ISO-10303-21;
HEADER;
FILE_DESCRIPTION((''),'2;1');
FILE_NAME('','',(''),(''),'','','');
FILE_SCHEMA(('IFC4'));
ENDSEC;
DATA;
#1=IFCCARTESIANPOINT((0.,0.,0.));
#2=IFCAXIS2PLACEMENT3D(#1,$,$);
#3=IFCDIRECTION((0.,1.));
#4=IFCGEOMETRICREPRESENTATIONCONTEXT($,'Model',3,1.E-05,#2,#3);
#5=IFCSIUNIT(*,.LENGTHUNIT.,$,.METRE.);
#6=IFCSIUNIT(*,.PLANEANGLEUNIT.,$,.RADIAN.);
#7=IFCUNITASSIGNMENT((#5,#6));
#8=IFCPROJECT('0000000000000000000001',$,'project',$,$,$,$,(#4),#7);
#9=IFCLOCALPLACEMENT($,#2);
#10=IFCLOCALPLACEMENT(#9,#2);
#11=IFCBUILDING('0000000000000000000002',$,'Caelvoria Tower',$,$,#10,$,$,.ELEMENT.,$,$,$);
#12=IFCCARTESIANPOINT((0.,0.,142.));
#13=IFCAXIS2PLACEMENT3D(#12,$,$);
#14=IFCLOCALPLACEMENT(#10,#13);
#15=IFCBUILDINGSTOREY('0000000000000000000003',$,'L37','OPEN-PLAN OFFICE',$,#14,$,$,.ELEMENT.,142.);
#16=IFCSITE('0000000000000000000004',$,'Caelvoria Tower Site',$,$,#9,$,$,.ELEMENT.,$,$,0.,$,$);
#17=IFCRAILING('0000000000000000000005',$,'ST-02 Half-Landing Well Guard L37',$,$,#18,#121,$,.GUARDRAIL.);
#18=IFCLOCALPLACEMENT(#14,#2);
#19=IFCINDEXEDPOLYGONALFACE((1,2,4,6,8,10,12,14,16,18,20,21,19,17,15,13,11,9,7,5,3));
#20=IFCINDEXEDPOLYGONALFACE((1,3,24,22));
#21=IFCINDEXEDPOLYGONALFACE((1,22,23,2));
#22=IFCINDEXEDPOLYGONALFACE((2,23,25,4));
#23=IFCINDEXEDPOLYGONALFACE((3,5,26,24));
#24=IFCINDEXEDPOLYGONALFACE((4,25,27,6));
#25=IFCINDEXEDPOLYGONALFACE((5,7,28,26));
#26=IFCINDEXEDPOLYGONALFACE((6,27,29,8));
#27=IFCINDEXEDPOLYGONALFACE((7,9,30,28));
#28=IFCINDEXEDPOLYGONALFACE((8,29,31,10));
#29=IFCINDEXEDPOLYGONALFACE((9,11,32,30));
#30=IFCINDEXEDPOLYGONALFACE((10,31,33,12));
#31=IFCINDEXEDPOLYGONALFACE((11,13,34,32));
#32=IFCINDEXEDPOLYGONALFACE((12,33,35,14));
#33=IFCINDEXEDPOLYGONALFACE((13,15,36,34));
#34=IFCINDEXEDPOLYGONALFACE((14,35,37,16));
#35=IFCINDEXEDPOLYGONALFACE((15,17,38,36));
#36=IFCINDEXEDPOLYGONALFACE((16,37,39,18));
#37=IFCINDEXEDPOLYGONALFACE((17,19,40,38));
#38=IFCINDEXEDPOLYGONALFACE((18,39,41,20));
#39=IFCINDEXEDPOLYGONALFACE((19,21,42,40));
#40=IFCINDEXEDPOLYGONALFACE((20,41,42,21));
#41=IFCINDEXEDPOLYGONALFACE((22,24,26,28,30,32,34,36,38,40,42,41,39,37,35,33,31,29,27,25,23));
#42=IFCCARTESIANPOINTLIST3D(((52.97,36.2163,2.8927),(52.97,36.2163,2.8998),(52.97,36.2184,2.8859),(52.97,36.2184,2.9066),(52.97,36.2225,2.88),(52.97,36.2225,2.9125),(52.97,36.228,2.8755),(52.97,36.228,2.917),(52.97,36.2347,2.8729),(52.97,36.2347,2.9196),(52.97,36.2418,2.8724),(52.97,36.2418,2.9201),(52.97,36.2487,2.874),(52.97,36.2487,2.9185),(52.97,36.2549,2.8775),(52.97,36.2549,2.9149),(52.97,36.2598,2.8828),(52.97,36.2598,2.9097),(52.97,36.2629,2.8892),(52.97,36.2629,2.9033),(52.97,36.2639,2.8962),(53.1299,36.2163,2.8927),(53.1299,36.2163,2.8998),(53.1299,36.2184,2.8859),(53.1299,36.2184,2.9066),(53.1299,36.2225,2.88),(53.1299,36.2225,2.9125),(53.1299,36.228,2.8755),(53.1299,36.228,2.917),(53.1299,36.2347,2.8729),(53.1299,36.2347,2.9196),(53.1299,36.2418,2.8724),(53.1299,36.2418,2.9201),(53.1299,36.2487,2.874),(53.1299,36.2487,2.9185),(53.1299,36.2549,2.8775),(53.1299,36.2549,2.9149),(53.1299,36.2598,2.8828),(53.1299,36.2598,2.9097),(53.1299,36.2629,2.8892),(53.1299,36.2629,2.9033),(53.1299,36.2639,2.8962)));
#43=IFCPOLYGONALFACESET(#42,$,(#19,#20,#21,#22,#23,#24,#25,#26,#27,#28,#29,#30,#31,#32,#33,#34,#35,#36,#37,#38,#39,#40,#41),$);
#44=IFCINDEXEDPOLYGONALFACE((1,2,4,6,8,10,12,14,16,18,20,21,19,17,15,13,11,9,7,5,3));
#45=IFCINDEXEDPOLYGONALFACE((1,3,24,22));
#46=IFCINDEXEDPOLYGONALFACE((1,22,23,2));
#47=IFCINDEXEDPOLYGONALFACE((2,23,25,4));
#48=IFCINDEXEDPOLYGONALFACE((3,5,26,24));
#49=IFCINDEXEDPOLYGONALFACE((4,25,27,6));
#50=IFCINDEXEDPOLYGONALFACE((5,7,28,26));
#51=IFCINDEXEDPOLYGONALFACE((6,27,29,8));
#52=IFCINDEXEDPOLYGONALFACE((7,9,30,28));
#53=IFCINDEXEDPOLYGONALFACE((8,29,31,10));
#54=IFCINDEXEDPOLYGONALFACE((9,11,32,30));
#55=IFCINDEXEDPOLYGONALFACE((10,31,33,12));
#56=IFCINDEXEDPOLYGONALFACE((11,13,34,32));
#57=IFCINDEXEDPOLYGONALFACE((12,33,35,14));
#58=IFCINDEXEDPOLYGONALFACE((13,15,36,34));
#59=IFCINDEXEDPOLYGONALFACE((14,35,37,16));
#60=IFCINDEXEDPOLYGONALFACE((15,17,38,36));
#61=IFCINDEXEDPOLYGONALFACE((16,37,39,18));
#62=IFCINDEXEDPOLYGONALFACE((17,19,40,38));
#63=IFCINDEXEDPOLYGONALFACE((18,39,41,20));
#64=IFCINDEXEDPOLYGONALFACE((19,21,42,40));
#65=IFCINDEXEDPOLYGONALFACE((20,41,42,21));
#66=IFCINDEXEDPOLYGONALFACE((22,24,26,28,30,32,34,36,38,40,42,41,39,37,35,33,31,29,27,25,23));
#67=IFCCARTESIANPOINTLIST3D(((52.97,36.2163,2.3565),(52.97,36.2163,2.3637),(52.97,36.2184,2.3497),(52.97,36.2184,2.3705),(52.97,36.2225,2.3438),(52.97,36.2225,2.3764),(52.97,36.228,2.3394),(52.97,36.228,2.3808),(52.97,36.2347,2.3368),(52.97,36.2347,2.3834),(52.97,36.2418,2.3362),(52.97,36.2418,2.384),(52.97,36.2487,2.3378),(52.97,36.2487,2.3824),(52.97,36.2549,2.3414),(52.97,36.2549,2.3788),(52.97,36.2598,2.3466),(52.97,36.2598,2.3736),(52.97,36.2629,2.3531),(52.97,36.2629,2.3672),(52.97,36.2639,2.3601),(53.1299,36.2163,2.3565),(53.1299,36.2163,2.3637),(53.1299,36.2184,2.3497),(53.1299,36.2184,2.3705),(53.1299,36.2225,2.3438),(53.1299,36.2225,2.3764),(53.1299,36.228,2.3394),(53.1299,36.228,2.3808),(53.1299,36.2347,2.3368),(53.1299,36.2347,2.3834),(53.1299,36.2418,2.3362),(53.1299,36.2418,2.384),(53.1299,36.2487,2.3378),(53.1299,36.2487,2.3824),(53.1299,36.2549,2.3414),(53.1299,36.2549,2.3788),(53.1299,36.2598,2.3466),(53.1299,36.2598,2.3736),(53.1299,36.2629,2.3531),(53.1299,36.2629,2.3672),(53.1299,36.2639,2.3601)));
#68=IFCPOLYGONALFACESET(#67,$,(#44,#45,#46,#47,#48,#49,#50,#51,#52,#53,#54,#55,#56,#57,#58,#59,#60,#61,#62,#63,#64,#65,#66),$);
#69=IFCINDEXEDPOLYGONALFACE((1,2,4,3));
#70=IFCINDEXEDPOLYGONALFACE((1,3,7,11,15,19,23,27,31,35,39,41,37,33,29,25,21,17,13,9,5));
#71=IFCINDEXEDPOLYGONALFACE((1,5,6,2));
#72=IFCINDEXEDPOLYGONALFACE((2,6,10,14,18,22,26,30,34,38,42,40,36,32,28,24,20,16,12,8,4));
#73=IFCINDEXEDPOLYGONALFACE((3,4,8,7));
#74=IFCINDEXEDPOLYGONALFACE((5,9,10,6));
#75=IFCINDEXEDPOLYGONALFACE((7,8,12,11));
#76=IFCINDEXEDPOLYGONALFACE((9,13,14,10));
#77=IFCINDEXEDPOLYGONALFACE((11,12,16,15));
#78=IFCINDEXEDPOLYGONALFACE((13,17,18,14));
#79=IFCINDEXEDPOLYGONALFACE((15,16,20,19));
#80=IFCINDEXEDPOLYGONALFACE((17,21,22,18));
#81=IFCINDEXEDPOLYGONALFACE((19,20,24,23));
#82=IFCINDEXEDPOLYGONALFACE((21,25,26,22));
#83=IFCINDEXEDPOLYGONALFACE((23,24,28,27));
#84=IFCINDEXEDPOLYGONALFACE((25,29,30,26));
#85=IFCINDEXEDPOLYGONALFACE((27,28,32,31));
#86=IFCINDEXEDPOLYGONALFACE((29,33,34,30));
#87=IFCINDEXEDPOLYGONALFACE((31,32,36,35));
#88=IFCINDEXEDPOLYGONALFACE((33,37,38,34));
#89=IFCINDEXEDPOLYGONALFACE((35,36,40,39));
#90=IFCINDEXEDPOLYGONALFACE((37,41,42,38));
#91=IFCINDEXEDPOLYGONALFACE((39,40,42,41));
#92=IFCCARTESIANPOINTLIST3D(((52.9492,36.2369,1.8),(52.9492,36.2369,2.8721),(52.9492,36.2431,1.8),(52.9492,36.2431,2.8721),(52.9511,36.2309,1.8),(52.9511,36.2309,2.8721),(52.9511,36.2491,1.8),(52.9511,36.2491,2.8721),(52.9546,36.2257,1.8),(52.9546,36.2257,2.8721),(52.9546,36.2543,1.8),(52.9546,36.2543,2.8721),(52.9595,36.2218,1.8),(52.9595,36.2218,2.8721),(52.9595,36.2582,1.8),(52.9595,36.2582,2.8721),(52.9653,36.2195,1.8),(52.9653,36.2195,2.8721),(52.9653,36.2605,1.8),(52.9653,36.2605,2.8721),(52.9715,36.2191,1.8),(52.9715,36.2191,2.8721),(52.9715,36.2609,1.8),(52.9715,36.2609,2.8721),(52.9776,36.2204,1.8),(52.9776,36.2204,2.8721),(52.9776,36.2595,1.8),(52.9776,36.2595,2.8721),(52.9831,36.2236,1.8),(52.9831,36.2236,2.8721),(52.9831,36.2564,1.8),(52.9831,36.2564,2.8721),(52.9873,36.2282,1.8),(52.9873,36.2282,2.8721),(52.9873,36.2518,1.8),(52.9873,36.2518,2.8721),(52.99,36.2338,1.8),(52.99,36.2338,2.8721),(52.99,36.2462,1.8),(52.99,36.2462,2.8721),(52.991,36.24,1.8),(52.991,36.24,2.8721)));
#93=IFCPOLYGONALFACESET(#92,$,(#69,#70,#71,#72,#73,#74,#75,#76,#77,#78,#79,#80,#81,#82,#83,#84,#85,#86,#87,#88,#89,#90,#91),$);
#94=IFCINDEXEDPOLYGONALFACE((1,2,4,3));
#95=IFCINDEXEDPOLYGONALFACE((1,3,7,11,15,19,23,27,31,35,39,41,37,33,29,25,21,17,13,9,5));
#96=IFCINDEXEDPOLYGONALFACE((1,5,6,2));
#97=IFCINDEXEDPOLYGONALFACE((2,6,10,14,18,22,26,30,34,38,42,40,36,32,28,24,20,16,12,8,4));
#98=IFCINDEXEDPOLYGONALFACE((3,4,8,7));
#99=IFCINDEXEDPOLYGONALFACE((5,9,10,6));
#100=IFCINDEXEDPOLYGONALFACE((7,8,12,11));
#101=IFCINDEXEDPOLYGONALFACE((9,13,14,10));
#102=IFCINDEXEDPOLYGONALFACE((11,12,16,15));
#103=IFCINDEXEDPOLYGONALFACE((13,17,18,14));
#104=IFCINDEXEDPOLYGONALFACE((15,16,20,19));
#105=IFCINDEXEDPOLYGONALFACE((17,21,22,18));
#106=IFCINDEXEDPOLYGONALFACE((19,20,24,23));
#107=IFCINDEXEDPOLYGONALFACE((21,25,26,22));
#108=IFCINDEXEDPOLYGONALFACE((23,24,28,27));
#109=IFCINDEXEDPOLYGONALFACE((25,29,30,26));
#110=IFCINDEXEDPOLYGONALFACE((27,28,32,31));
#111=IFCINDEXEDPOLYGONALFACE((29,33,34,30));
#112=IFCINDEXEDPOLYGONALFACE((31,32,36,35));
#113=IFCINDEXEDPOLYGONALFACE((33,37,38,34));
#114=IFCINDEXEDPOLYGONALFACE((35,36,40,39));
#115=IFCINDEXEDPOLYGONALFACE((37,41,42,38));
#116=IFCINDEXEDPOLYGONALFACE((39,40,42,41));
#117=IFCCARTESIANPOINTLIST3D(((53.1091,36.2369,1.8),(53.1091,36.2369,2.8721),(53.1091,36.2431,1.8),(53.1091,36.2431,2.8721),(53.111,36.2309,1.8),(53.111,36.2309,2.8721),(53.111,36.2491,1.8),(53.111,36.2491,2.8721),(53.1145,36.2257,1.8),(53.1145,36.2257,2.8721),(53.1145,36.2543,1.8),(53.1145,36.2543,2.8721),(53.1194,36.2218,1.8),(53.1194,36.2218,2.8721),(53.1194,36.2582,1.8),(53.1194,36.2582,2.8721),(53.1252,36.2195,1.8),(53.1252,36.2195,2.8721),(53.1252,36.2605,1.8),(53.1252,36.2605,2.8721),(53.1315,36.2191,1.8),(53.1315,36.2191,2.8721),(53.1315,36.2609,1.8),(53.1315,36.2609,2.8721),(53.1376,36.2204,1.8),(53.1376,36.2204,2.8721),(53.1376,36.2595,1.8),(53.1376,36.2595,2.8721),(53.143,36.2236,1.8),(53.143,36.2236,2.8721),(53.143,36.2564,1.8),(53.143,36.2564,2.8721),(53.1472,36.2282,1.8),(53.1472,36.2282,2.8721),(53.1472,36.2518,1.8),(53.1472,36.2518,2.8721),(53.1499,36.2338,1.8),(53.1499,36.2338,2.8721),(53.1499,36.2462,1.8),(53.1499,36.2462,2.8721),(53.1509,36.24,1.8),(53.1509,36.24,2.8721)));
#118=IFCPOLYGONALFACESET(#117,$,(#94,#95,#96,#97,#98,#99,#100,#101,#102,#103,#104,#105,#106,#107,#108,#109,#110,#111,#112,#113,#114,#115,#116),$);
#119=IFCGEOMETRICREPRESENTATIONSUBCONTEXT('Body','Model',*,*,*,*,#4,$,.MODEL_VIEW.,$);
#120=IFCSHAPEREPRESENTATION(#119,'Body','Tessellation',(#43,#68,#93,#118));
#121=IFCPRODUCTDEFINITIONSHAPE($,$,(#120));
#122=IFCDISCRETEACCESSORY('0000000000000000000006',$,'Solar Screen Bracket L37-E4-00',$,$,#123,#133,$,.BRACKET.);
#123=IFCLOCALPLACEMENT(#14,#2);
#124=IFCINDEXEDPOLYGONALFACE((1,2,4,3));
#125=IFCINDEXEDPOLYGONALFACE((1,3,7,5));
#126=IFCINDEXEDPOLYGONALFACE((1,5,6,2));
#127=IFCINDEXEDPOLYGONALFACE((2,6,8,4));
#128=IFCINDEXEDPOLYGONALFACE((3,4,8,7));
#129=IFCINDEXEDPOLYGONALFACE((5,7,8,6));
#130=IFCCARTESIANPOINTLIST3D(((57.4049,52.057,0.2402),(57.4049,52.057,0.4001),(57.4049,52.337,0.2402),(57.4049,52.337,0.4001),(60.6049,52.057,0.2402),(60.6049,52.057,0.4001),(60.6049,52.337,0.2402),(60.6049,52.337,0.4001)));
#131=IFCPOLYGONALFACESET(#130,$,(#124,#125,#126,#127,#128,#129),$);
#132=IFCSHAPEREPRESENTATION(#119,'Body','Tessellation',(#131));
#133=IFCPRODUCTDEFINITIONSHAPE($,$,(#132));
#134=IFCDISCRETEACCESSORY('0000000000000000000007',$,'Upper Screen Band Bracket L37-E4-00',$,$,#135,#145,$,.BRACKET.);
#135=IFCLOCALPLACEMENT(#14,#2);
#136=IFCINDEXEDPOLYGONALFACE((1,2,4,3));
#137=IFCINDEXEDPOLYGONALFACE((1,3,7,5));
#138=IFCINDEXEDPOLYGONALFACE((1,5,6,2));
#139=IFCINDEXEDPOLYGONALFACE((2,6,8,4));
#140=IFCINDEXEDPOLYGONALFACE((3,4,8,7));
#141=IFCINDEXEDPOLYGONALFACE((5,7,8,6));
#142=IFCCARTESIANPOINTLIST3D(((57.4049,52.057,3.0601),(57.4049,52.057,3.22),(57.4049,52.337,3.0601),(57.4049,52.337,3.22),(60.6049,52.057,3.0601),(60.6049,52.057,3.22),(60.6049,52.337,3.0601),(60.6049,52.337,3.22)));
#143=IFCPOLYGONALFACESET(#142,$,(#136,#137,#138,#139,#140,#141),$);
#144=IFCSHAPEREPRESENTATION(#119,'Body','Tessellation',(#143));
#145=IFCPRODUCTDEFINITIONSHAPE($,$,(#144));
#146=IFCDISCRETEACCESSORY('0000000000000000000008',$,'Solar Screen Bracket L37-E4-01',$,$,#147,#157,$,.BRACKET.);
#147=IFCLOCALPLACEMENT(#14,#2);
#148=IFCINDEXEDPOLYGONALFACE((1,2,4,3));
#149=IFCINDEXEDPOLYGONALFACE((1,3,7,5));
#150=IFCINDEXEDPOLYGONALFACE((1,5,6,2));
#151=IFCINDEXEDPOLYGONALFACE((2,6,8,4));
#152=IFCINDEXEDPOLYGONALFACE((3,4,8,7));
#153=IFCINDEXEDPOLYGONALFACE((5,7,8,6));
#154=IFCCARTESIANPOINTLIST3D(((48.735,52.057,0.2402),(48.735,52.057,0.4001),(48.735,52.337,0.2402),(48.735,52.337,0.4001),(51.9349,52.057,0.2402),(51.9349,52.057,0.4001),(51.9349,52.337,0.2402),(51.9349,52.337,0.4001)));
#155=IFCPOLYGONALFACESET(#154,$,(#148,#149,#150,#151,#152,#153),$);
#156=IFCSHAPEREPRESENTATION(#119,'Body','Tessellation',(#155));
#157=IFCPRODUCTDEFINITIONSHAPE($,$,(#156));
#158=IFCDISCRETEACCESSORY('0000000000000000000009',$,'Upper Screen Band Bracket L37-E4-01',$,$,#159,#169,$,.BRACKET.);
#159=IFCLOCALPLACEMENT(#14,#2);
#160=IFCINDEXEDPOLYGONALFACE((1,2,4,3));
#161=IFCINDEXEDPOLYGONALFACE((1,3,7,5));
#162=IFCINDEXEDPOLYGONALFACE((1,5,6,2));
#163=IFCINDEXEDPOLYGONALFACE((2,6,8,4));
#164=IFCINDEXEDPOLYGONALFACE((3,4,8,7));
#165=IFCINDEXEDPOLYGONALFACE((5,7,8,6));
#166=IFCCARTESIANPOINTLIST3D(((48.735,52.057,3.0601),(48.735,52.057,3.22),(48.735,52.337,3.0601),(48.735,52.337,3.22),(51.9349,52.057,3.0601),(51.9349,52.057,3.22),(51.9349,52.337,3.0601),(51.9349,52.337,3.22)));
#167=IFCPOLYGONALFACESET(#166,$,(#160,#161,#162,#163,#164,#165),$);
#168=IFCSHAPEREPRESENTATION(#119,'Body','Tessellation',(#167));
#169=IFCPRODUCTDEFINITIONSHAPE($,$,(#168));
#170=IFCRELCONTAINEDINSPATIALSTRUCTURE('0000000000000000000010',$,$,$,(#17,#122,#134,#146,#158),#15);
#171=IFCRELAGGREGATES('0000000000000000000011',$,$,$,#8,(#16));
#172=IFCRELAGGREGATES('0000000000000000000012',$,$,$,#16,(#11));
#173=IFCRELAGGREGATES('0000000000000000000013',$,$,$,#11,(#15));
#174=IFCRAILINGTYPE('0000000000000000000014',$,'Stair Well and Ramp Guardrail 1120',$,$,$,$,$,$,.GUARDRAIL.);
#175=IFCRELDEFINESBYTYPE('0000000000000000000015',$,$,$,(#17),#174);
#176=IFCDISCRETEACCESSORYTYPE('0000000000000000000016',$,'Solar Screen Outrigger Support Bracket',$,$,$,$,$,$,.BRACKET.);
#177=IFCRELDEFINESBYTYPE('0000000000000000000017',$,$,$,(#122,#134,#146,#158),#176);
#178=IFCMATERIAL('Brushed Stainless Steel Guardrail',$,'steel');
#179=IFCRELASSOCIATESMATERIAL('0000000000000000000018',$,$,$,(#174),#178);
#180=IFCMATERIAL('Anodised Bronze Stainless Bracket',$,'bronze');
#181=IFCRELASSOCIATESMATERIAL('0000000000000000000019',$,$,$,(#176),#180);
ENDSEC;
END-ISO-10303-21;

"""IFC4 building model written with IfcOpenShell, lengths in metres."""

from ifc_helpers import new_model, si_unit, direction, frame, origin, origin_2d, place, context, subcontext, project, spatial, rectangle, circle, extrude, material, type_object, element, save


model = new_model("IFC4")

# Units and contexts
model_context = context("Model", 3, precision=1e-05, world=origin(), true_north=direction((0.0, 1.0)))
body_context = subcontext(model_context, "Body", "Model", "MODEL_VIEW")
ifc_project = project(units=[si_unit("LENGTHUNIT", "METRE"), si_unit("PLANEANGLEUNIT", "RADIAN")], contexts=[model_context])

# Site, building, storey
site_placement = place(None, origin())
site = spatial("IfcSite", under=ifc_project, at=site_placement, Name="Caelvoria Tower Site", CompositionType="ELEMENT", RefElevation=0.0)
building_placement = place(site_placement, origin())
building = spatial("IfcBuilding", under=site, at=building_placement, Name="Caelvoria Tower", CompositionType="ELEMENT")
storey_placement = place(building_placement, frame((0.0, 0.0, 142.0)))
storey = spatial("IfcBuildingStorey", under=building, at=storey_placement, Name="L37", Description="OPEN-PLAN OFFICE", CompositionType="ELEMENT", Elevation=142.0)

# Railing
ifc_material_1 = material(Name="Brushed Stainless Steel Guardrail", Category="steel")
railing_type_1 = type_object("IfcRailingType", Name="Stair Well and Ramp Guardrail 1120", PredefinedType="GUARDRAIL", material=ifc_material_1)
railing_1_placement = place(storey_placement, frame((52.97, 36.24, 1.8)))
element("IfcRailing", 1, at=railing_1_placement, inside=storey, type_object=railing_type_1, Name="ST-02 Half-Landing Well Guard L37", PredefinedType="GUARDRAIL", context=body_context, shape_type="SweptSolid", body=[
    extrude(circle(Radius=0.0239, at=origin_2d()), frame((0.0, 0.0, 1.0962), z_axis=(1.0, 0.0, 0.0), x_axis=(0.0, 1.0, 0.0)), (0.0, 0.0, 1.0), 0.1599),
    extrude(circle(Radius=0.0239, at=origin_2d()), frame((0.0, 0.0, 0.5601), z_axis=(1.0, 0.0, 0.0), x_axis=(0.0, 1.0, 0.0)), (0.0, 0.0, 1.0), 0.1599),
    extrude(circle(Radius=0.021, at=origin_2d()), origin(), (0.0, 0.0, 1.0), 1.072),
    extrude(circle(Radius=0.021, at=origin_2d()), frame((0.1599, 0.0, 0.0)), (0.0, 0.0, 1.0), 1.072),
])

# Discrete accessories
ifc_material_2 = material(Name="Anodised Bronze Stainless Bracket", Category="bronze")
discrete_accessory_type = type_object("IfcDiscreteAccessoryType", Name="Solar Screen Outrigger Support Bracket", PredefinedType="BRACKET", material=ifc_material_2)
for number, where, z_axis, x_axis, name in (
    (2, (59.0049, 52.197, 0.2402), (0.0, 0.0, 1.0), (-1.0, 0.0, 0.0), "Solar Screen Bracket L37-E4-00"),
    (3, (59.0049, 52.197, 3.0601), (0.0, 0.0, 1.0), (-1.0, 0.0, 0.0), "Upper Screen Band Bracket L37-E4-00"),
    (4, (50.335, 52.197, 0.2402), (0.0, 0.0, 1.0), (-1.0, 0.0, 0.0), "Solar Screen Bracket L37-E4-01"),
    (5, (50.335, 52.197, 3.0601), (0.0, 0.0, 1.0), (-1.0, 0.0, 0.0), "Upper Screen Band Bracket L37-E4-01"),
):
    element("IfcDiscreteAccessory", number, at=place(storey_placement, frame(where, z_axis=z_axis, x_axis=x_axis)), inside=storey, type_object=discrete_accessory_type, Name=name, PredefinedType="BRACKET", context=body_context, shape_type="SweptSolid", body=[
        extrude(rectangle(XDim=3.2, YDim=0.28, at=origin_2d()), origin(), (0.0, 0.0, 1.0), 0.1599),
    ])

save(model, "model.ifc")
